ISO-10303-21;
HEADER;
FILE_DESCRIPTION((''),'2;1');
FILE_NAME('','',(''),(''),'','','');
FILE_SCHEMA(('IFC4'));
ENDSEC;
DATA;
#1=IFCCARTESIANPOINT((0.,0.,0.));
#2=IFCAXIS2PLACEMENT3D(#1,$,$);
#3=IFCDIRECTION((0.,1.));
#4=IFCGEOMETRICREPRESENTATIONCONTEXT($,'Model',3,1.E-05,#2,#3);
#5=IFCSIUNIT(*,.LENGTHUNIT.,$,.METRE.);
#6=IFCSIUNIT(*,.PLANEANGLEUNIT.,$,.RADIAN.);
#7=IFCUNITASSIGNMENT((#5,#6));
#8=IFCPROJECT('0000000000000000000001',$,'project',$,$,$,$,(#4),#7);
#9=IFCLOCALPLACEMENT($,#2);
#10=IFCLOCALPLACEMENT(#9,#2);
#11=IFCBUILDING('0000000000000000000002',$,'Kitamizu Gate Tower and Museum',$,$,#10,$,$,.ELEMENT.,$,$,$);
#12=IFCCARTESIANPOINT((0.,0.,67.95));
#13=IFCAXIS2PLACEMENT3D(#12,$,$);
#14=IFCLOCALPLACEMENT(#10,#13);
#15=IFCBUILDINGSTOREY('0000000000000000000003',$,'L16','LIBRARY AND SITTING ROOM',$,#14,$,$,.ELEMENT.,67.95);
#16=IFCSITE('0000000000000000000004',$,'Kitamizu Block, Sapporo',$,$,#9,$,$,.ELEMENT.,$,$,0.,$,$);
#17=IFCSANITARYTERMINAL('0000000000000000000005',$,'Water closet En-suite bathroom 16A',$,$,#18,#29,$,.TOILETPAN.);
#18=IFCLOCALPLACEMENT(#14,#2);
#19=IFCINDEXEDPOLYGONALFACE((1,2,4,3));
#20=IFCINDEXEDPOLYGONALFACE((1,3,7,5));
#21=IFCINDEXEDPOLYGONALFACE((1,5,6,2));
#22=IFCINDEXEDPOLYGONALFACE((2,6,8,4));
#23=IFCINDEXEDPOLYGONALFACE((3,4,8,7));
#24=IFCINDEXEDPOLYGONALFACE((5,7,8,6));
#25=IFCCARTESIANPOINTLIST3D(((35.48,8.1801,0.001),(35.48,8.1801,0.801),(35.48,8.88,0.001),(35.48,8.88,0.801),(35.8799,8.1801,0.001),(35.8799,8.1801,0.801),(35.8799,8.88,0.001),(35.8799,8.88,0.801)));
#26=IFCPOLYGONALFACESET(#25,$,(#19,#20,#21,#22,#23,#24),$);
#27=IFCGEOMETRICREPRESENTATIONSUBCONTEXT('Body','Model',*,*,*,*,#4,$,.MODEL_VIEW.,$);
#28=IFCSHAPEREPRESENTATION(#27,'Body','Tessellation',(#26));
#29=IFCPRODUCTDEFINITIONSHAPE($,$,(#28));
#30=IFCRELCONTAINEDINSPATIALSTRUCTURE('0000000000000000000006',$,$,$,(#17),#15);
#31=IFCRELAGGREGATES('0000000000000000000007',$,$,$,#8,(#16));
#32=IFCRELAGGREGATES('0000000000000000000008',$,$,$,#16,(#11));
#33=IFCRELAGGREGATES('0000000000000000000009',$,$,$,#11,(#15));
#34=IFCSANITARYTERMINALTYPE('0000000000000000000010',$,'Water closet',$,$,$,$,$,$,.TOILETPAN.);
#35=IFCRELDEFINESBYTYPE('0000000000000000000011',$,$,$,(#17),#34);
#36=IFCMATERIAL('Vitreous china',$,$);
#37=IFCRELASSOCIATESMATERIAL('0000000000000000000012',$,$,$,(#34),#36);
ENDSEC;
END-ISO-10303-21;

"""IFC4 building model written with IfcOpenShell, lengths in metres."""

from ifc_helpers import new_model, si_unit, direction, frame, origin, origin_2d, place, context, subcontext, project, spatial, rectangle, extrude, material, type_object, element, save


model = new_model("IFC4")

# Units and contexts
model_context = context("Model", 3, precision=1e-05, world=origin(), true_north=direction((0.0, 1.0)))
body_context = subcontext(model_context, "Body", "Model", "MODEL_VIEW")
ifc_project = project(units=[si_unit("LENGTHUNIT", "METRE"), si_unit("PLANEANGLEUNIT", "RADIAN")], contexts=[model_context])

# Site, building, storey
site_placement = place(None, origin())
site = spatial("IfcSite", under=ifc_project, at=site_placement, Name="Kitamizu Block, Sapporo", CompositionType="ELEMENT", RefElevation=0.0)
building_placement = place(site_placement, origin())
building = spatial("IfcBuilding", under=site, at=building_placement, Name="Kitamizu Gate Tower and Museum", CompositionType="ELEMENT")
storey_placement = place(building_placement, frame((0.0, 0.0, 67.95)))
storey = spatial("IfcBuildingStorey", under=building, at=storey_placement, Name="L16", Description="LIBRARY AND SITTING ROOM", CompositionType="ELEMENT", Elevation=67.95)

# Sanitary terminal
ifc_material_1 = material(Name="Vitreous china")
sanitary_terminal_type_1 = type_object("IfcSanitaryTerminalType", Name="Water closet", PredefinedType="TOILETPAN", material=ifc_material_1)
sanitary_terminal_1_placement = place(storey_placement, frame((35.6799, 8.53, 0.001), z_axis=(0.0, 0.0, 1.0), x_axis=(1.0, 0.0, 0.0)))
element("IfcSanitaryTerminal", 1, at=sanitary_terminal_1_placement, inside=storey, type_object=sanitary_terminal_type_1, Name="Water closet En-suite bathroom 16A", PredefinedType="TOILETPAN", context=body_context, shape_type="SweptSolid", body=[
    extrude(rectangle(XDim=0.3999, YDim=0.7, at=origin_2d()), origin(), (0.0, 0.0, 1.0), 0.8),
])

save(model, "model.ifc")
